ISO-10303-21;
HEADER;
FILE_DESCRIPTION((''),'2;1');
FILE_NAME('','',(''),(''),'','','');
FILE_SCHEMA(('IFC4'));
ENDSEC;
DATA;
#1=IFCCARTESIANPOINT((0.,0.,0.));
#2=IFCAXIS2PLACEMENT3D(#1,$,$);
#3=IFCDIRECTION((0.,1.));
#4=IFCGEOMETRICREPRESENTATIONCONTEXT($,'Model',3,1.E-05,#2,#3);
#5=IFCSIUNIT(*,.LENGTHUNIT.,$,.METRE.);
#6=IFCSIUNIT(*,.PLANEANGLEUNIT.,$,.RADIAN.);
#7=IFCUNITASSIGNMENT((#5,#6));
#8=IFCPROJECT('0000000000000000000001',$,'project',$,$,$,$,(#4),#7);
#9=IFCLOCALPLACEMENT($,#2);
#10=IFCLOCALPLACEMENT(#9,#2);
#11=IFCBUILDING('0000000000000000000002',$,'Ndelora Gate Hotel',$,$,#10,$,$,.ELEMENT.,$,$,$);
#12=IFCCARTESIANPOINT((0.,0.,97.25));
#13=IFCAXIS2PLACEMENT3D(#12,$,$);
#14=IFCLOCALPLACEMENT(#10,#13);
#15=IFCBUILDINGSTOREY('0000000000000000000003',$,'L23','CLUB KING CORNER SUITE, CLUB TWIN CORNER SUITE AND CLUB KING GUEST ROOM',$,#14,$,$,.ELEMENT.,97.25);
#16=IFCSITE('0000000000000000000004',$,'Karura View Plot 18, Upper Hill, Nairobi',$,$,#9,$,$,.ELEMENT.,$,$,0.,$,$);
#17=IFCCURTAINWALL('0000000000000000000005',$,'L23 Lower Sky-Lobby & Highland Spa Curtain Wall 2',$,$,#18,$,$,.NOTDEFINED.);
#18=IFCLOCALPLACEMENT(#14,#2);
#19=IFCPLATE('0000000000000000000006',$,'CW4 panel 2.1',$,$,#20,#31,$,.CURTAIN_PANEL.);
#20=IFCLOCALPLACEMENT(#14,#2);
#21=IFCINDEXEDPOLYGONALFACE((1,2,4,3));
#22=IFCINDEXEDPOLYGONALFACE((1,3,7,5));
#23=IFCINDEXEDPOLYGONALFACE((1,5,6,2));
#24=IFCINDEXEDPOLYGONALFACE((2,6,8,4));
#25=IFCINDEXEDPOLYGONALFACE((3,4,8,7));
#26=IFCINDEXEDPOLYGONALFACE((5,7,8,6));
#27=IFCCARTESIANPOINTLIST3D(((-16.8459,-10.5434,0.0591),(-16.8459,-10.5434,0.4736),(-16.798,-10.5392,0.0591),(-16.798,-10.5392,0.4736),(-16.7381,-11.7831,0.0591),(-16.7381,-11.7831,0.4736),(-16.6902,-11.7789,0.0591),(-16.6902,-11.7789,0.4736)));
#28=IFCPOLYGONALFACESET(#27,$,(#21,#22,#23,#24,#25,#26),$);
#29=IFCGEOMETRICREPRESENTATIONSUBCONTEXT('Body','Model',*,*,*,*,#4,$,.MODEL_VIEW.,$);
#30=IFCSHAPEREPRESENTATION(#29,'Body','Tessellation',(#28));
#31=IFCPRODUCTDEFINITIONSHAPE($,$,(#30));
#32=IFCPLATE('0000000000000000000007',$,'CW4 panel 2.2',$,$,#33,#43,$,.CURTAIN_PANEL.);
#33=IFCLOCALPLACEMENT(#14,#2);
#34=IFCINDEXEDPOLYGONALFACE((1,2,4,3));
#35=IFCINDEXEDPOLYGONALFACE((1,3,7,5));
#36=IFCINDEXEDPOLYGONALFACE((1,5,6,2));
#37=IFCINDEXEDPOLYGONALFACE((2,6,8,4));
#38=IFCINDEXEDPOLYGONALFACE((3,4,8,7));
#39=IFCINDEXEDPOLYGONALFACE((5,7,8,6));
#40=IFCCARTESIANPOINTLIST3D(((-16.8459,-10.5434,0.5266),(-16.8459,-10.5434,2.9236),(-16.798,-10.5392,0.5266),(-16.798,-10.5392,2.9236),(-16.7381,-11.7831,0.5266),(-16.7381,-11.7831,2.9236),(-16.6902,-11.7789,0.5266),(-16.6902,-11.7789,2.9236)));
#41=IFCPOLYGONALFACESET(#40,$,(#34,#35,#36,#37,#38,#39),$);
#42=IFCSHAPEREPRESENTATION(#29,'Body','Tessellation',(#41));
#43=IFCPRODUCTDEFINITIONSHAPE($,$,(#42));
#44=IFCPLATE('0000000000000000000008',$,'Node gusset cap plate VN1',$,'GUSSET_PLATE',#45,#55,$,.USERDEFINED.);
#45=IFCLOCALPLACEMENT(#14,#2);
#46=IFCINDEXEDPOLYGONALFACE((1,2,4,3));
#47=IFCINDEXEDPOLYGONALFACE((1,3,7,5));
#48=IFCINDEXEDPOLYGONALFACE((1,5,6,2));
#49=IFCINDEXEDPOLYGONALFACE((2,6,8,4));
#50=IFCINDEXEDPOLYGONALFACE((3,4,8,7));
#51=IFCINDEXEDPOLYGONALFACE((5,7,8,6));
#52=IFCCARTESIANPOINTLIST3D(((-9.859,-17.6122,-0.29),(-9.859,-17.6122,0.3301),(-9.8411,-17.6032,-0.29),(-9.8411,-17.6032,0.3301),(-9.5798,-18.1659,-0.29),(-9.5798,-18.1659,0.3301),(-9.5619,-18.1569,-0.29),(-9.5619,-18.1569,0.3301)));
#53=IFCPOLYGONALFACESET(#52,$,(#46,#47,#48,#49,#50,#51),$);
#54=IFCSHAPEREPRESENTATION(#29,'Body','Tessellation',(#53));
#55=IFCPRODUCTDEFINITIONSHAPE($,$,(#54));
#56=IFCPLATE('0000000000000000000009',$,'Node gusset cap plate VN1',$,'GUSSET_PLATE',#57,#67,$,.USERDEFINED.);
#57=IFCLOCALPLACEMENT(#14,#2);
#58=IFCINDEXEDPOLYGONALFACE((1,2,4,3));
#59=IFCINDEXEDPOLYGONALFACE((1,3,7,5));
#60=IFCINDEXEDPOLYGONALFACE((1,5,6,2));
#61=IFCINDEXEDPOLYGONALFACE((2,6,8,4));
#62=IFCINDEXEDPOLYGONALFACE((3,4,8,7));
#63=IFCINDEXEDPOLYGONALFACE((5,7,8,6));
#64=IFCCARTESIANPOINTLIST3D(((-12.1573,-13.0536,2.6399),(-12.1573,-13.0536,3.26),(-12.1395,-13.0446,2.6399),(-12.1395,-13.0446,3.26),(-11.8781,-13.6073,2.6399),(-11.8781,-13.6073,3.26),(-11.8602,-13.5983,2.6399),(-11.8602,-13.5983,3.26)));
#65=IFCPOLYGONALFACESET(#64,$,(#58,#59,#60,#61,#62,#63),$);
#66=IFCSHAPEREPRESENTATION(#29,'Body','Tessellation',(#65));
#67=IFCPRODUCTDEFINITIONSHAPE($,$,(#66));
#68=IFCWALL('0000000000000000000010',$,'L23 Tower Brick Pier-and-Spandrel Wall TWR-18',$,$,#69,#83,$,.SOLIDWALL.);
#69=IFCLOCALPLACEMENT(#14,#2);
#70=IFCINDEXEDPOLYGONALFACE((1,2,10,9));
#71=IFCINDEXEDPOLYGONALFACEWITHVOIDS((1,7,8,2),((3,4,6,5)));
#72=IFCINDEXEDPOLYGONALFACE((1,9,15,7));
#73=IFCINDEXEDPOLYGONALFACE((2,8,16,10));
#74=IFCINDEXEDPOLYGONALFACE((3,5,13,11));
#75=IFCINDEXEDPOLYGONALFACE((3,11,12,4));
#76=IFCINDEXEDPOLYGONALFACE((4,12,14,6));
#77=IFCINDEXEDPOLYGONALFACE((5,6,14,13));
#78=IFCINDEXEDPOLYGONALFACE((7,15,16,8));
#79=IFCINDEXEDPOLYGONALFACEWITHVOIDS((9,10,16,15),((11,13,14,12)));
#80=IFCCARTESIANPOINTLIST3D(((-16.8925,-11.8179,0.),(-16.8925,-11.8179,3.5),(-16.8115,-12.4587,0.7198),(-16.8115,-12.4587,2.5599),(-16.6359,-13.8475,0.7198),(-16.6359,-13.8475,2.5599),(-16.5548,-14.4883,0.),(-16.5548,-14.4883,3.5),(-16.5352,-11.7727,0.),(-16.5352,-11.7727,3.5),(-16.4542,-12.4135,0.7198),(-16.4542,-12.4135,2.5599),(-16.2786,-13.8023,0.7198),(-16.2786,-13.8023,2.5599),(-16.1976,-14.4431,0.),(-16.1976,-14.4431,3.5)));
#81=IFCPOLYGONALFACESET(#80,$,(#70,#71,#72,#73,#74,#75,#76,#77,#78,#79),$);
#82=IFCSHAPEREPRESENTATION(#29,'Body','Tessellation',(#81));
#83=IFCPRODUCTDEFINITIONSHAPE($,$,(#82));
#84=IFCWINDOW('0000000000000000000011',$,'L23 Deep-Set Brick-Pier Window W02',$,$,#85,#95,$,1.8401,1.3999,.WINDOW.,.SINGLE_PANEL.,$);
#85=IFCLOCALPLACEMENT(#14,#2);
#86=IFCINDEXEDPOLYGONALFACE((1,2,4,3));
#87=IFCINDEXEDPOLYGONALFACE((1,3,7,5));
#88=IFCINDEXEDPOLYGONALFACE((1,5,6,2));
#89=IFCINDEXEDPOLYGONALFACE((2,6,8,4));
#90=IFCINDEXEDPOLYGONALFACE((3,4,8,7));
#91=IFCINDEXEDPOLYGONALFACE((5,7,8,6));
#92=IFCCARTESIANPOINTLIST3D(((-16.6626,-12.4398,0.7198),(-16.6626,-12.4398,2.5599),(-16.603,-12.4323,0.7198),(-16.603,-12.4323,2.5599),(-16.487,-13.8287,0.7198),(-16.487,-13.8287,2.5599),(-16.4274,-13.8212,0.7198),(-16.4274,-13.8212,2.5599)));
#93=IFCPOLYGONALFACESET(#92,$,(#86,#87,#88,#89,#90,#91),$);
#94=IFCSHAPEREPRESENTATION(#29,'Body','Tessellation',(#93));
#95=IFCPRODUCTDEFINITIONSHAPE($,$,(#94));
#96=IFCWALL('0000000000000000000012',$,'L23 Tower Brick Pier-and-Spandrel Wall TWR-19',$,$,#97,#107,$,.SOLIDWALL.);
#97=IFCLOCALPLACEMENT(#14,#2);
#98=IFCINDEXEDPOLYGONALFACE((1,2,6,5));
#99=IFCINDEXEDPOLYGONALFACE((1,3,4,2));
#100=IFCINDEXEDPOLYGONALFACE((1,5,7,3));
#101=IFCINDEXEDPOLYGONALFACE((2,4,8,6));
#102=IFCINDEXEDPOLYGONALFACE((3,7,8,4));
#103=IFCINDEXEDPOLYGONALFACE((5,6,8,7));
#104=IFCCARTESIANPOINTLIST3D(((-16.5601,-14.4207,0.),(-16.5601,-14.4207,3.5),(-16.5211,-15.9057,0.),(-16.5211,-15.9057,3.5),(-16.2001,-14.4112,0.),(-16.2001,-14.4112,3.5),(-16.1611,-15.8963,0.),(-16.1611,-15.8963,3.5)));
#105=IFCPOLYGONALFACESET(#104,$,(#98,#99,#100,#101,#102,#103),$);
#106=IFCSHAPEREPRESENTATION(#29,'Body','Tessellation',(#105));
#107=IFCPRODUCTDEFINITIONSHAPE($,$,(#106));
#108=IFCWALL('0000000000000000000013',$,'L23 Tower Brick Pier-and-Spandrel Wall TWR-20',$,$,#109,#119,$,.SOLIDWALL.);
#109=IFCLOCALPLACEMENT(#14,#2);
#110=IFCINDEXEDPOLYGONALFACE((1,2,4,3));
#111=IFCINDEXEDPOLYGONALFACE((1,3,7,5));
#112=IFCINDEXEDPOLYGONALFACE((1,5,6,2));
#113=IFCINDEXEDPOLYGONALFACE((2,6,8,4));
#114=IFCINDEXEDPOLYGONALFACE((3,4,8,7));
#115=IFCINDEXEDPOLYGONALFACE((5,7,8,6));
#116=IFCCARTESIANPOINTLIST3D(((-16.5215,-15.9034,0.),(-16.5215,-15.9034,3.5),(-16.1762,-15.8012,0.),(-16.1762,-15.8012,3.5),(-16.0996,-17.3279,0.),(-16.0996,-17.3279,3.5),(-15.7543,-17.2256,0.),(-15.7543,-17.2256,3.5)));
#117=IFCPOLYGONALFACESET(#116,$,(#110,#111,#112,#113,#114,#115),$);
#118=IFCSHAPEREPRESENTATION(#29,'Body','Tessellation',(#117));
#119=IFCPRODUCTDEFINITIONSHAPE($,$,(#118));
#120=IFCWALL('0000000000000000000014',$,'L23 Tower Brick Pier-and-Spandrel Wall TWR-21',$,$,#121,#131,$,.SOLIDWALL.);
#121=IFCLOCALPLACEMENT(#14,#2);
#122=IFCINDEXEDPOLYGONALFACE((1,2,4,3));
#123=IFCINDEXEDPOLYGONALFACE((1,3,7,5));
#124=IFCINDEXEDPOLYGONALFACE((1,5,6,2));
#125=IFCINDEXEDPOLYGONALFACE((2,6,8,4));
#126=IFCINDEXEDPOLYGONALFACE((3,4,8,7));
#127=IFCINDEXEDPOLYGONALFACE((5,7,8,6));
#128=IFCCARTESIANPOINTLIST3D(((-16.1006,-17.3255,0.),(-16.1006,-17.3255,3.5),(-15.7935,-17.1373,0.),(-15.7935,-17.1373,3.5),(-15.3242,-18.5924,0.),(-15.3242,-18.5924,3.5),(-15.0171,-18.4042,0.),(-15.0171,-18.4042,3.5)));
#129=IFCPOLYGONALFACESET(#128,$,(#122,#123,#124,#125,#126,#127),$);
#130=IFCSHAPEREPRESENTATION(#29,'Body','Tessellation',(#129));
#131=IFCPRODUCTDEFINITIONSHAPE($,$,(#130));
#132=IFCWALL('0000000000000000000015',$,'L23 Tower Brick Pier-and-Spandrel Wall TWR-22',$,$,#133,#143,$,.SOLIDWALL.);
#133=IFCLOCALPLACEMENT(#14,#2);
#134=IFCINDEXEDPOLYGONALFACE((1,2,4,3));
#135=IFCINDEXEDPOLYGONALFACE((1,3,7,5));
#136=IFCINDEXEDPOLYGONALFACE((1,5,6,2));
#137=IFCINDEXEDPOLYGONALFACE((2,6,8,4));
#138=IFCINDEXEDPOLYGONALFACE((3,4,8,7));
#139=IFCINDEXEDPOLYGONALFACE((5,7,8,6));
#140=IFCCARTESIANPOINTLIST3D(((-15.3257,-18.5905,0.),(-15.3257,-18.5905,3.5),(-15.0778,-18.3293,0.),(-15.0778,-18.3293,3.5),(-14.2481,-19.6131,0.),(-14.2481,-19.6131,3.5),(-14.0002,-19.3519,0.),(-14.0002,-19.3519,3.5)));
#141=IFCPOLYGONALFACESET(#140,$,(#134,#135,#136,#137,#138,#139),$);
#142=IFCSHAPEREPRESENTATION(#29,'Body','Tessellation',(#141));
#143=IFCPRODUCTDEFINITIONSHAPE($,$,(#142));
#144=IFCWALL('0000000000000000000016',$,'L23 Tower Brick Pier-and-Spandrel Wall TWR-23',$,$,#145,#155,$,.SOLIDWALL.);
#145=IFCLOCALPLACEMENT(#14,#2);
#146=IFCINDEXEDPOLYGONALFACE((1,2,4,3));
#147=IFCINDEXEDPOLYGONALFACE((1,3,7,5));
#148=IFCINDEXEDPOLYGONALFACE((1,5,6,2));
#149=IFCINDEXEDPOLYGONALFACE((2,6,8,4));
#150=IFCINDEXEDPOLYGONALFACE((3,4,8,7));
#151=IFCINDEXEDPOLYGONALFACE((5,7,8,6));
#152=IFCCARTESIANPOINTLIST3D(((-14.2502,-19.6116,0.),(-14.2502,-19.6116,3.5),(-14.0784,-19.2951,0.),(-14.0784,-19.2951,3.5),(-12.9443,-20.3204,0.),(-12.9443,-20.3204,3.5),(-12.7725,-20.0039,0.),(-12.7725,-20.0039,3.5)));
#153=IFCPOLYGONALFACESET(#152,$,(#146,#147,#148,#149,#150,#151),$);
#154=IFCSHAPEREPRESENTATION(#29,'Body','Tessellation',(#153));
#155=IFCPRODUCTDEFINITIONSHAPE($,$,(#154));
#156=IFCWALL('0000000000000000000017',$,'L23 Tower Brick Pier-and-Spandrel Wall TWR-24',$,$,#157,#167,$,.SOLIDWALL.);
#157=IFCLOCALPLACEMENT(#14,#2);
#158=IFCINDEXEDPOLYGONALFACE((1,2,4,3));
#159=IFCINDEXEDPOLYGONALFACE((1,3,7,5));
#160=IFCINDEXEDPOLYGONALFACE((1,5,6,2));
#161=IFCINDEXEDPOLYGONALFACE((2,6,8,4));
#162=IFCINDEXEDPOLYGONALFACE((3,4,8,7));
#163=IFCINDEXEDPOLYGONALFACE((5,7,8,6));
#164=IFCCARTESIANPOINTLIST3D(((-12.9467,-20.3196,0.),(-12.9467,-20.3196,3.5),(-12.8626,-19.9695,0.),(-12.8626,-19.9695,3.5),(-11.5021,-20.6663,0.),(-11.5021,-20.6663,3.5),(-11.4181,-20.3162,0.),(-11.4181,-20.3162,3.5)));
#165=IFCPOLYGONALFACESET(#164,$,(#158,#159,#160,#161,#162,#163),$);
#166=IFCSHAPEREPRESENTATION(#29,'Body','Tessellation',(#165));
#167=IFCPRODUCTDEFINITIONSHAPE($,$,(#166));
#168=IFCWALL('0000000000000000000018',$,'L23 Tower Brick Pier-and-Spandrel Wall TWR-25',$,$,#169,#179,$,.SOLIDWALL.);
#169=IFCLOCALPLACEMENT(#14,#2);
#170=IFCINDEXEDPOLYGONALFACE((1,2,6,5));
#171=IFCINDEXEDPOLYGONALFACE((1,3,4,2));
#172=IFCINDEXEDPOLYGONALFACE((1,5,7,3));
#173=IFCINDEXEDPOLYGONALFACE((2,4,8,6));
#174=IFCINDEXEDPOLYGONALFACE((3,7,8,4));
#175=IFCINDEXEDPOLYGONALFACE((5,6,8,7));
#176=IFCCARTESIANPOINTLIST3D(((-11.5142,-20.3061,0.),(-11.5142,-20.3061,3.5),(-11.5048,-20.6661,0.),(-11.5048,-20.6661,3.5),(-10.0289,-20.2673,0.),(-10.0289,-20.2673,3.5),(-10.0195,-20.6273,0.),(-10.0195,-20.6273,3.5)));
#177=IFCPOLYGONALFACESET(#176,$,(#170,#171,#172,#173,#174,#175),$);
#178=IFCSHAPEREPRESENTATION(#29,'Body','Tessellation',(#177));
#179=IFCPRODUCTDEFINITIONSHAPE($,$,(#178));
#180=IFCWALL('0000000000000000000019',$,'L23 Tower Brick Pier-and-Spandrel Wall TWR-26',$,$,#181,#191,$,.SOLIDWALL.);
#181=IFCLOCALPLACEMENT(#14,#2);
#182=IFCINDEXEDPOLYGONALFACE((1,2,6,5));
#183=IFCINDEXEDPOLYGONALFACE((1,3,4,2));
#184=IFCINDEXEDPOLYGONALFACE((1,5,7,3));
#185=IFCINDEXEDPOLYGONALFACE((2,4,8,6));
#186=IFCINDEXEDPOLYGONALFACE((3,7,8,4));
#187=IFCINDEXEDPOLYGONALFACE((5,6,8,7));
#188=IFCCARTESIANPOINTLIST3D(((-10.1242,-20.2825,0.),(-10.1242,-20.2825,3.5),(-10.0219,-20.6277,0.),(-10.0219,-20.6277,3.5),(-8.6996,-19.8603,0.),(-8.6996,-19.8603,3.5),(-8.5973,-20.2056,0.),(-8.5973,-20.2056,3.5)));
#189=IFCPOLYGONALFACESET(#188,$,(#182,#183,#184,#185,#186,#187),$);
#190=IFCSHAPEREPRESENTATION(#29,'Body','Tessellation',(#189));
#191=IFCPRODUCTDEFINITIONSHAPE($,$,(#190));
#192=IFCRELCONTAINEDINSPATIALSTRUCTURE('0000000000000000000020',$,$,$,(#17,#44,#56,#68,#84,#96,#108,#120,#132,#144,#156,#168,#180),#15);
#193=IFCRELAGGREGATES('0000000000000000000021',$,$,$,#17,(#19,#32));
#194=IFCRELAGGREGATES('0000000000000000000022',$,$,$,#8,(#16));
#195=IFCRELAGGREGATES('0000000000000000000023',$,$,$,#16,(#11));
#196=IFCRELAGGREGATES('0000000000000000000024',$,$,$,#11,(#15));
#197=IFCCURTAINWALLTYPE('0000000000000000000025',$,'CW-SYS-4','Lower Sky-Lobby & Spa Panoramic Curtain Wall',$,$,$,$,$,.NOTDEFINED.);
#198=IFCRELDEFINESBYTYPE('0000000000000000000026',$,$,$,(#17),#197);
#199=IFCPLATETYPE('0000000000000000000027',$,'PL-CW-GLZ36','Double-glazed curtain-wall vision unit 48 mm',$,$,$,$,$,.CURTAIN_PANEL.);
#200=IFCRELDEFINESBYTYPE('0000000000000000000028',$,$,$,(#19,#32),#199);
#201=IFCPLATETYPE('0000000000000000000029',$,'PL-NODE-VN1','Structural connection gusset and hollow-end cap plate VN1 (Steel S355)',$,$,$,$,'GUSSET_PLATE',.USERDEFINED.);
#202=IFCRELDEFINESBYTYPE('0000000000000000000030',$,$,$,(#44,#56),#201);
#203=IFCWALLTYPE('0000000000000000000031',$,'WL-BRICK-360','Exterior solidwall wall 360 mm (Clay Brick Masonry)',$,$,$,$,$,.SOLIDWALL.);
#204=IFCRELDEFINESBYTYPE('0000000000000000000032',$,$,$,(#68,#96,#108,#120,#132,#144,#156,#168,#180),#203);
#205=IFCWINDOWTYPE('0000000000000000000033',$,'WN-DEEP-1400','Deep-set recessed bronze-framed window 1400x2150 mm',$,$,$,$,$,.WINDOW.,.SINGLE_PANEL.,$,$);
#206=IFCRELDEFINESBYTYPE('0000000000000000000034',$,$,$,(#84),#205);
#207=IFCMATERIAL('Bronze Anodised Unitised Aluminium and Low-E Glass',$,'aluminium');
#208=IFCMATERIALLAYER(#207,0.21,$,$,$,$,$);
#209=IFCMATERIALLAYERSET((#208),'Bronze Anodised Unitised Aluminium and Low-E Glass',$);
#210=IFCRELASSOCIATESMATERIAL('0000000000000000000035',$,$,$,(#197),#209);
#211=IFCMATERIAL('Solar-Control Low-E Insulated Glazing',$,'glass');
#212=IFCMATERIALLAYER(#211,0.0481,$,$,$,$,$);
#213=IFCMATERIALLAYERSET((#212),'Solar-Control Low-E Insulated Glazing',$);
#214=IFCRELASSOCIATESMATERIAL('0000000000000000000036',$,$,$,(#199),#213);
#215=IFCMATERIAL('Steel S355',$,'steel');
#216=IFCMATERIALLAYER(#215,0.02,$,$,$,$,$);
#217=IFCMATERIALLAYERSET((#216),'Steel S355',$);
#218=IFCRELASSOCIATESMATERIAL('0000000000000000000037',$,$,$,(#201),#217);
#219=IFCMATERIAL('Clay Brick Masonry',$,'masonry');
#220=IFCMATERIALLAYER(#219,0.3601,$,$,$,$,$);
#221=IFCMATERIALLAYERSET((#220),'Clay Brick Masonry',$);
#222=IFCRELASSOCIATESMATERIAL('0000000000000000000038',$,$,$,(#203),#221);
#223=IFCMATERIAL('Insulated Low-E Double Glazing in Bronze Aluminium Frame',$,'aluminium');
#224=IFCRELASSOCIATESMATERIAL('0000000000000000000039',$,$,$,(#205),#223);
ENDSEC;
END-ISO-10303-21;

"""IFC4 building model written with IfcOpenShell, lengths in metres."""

from ifc_helpers import new_model, si_unit, direction, frame, frame_2d, origin, origin_2d, place, context, subcontext, project, spatial, rectangle, extrude, material, layer, layer_set, type_object, element, fill, aggregate, save


model = new_model("IFC4")

# Units and contexts
model_context = context("Model", 3, precision=1e-05, world=origin(), true_north=direction((0.0, 1.0)))
body_context = subcontext(model_context, "Body", "Model", "MODEL_VIEW")
ifc_project = project(units=[si_unit("LENGTHUNIT", "METRE"), si_unit("PLANEANGLEUNIT", "RADIAN")], contexts=[model_context])

# Site, building, storey
site_placement = place(None, origin())
site = spatial("IfcSite", under=ifc_project, at=site_placement, Name="Karura View Plot 18, Upper Hill, Nairobi", CompositionType="ELEMENT", RefElevation=0.0)
building_placement = place(site_placement, origin())
building = spatial("IfcBuilding", under=site, at=building_placement, Name="Ndelora Gate Hotel", CompositionType="ELEMENT")
storey_placement = place(building_placement, frame((0.0, 0.0, 97.25)))
storey = spatial("IfcBuildingStorey", under=building, at=storey_placement, Name="L23", Description="CLUB KING CORNER SUITE, CLUB TWIN CORNER SUITE AND CLUB KING GUEST ROOM", CompositionType="ELEMENT", Elevation=97.25)

# Shared definitions
ifc_material_1 = material(Name="Steel S355", Category="steel")

# Curtain wall
ifc_material_2 = material(Name="Bronze Anodised Unitised Aluminium and Low-E Glass", Category="aluminium")
ifc_layer_1 = layer(ifc_material_2, 0.21)
ifc_layer_set_1 = layer_set([ifc_layer_1], Name="Bronze Anodised Unitised Aluminium and Low-E Glass")
curtain_wall_type = type_object("IfcCurtainWallType", Name="CW-SYS-4", Description="Lower Sky-Lobby & Spa Panoramic Curtain Wall", PredefinedType="NOTDEFINED", material=ifc_layer_set_1)
curtain_wall_placement = place(storey_placement, origin())
curtain_wall = element("IfcCurtainWall", 1, at=curtain_wall_placement, inside=storey, type_object=curtain_wall_type, Name="L23 Lower Sky-Lobby & Highland Spa Curtain Wall 2", PredefinedType="NOTDEFINED")

# Plates
ifc_material_3 = material(Name="Solar-Control Low-E Insulated Glazing", Category="glass")
ifc_layer_2 = layer(ifc_material_3, 0.0481)
ifc_layer_set_2 = layer_set([ifc_layer_2], Name="Solar-Control Low-E Insulated Glazing")
plate_type_1 = type_object("IfcPlateType", Name="PL-CW-GLZ36", Description="Double-glazed curtain-wall vision unit 48 mm", PredefinedType="CURTAIN_PANEL", material=ifc_layer_set_2)
plate_1_placement = place(storey_placement, frame((-16.7681, -11.1611, 0.0591), z_axis=(0.0, 0.0, 1.0), x_axis=(0.086667, -0.996237, 0.0)))
plate_1 = element("IfcPlate", 2, at=plate_1_placement, type_object=plate_type_1, Name="CW4 panel 2.1", PredefinedType="CURTAIN_PANEL", context=body_context, shape_type="SweptSolid", body=[
    extrude(rectangle(XDim=1.2444, YDim=0.0481, at=origin_2d()), origin(), (0.0, 0.0, 1.0), 0.4146),
])
plate_2_placement = place(storey_placement, frame((-16.7681, -11.1611, 0.5266), z_axis=(0.0, 0.0, 1.0), x_axis=(0.086667, -0.996237, 0.0)))
plate_2 = element("IfcPlate", 3, at=plate_2_placement, type_object=plate_type_1, Name="CW4 panel 2.2", PredefinedType="CURTAIN_PANEL", context=body_context, shape_type="SweptSolid", body=[
    extrude(rectangle(XDim=1.2444, YDim=0.0481, at=origin_2d()), origin(), (0.0, 0.0, 1.0), 2.397),
])
aggregate(curtain_wall, [plate_1, plate_2])

# Plates
ifc_layer_3 = layer(ifc_material_1, 0.02)
ifc_layer_set_3 = layer_set([ifc_layer_3], Name="Steel S355")
plate_type_2 = type_object("IfcPlateType", Name="PL-NODE-VN1", Description="Structural connection gusset and hollow-end cap plate VN1 (Steel S355)", ElementType="GUSSET_PLATE", PredefinedType="USERDEFINED", material=ifc_layer_set_3)
for number, where, z_axis, x_axis, name in (
    (4, (-9.7104, -17.8845, -0.29), (0.0, 0.0, 1.0), (-0.450254, 0.8929, 0.0), "Node gusset cap plate VN1"),
    (5, (-12.0088, -13.3259, 2.6399), (0.0, 0.0, 1.0), (-0.450254, 0.8929, 0.0), "Node gusset cap plate VN1"),
):
    element("IfcPlate", number, at=place(storey_placement, frame(where, z_axis=z_axis, x_axis=x_axis)), inside=storey, type_object=plate_type_2, Name=name, ObjectType="GUSSET_PLATE", PredefinedType="USERDEFINED", context=body_context, shape_type="SweptSolid", body=[
        extrude(rectangle(XDim=0.6201, YDim=0.02, at=origin_2d()), origin(), (0.0, 0.0, 1.0), 0.6201),
    ])

# Wall, opening, window
ifc_material_4 = material(Name="Clay Brick Masonry", Category="masonry")
ifc_layer_4 = layer(ifc_material_4, 0.3601)
ifc_layer_set_4 = layer_set([ifc_layer_4], Name="Clay Brick Masonry")
wall_type = type_object("IfcWallType", Name="WL-BRICK-360", Description="Exterior solidwall wall 360 mm (Clay Brick Masonry)", PredefinedType="SOLIDWALL", material=ifc_layer_set_4)
wall_1_placement = place(storey_placement, frame((-16.3762, -14.4656, 0.0), z_axis=(0.0, 0.0, 1.0), x_axis=(-0.125441, 0.992101, 0.0)))
wall_1 = element("IfcWall", 6, at=wall_1_placement, inside=storey, type_object=wall_type, Name="L23 Tower Brick Pier-and-Spandrel Wall TWR-18", PredefinedType="SOLIDWALL", context=body_context, shape_type="SweptSolid", body=[
    extrude(rectangle(XDim=2.6917, YDim=0.3601, at=frame_2d((1.3457, 0.0))), origin(), (0.0, 0.0, 1.0), 3.5),
])
opening_1_placement = place(wall_1_placement, frame((0.6458, 0.0, 0.72)))
opening_1 = element("IfcOpeningElement", 7, at=opening_1_placement, cuts=wall_1, PredefinedType="OPENING", context=body_context, shape_type="SweptSolid", body=[
    extrude(rectangle(XDim=1.3999, YDim=1.8401, at=frame_2d((0.7, 0.9199))), frame((0.0, 0.1899, 0.0), z_axis=(0.0, -1.0, 0.0), x_axis=(1.0, 0.0, 0.0)), (0.0, 0.0, 1.0), 0.3801),
])
ifc_material_5 = material(Name="Insulated Low-E Double Glazing in Bronze Aluminium Frame", Category="aluminium")
window_type_1 = type_object("IfcWindowType", Name="WN-DEEP-1400", Description="Deep-set recessed bronze-framed window 1400x2150 mm", PartitioningType="SINGLE_PANEL", PredefinedType="WINDOW", material=ifc_material_5)
window_1_placement = place(opening_1_placement, origin())
window_1 = element("IfcWindow", 8, at=window_1_placement, inside=storey, type_object=window_type_1, Name="L23 Deep-Set Brick-Pier Window W02", OverallHeight=1.8401, OverallWidth=1.3999, PartitioningType="SINGLE_PANEL", PredefinedType="WINDOW", context=body_context, shape_type="SweptSolid", body=[
    extrude(rectangle(XDim=1.3999, YDim=1.8401, at=frame_2d((0.7, 0.9199))), frame((0.0, 0.03, 0.0), z_axis=(0.0, -1.0, 0.0), x_axis=(1.0, 0.0, 0.0)), (0.0, 0.0, 1.0), 0.0601),
])
fill(opening_1, window_1)

# Walls
for number, where, z_axis, x_axis, name in (
    (9, (-16.3411, -15.9009, 0.0), (0.0, 0.0, 1.0), (-0.026294, 0.999654, 0.0), "L23 Tower Brick Pier-and-Spandrel Wall TWR-19"),
    (10, (-15.927, -17.2766, 0.0), (0.0, 0.0, 1.0), (-0.283954, 0.958838, 0.0), "L23 Tower Brick Pier-and-Spandrel Wall TWR-20"),
):
    element("IfcWall", number, at=place(storey_placement, frame(where, z_axis=z_axis, x_axis=x_axis)), inside=storey, type_object=wall_type, Name=name, PredefinedType="SOLIDWALL", context=body_context, shape_type="SweptSolid", body=[
        extrude(rectangle(XDim=1.4856, YDim=0.3601, at=frame_2d((0.7427, 0.0))), origin(), (0.0, 0.0, 1.0), 3.5),
    ])
wall_2_placement = place(storey_placement, frame((-15.1707, -18.4983, 0.0), z_axis=(0.0, 0.0, 1.0), x_axis=(-0.52252, 0.852627, 0.0)))
element("IfcWall", 11, at=wall_2_placement, inside=storey, type_object=wall_type, Name="L23 Tower Brick Pier-and-Spandrel Wall TWR-21", PredefinedType="SOLIDWALL", context=body_context, shape_type="SweptSolid", body=[
    extrude(rectangle(XDim=1.4858, YDim=0.3601, at=frame_2d((0.7429, 0.0))), origin(), (0.0, 0.0, 1.0), 3.5),
])
wall_3_placement = place(storey_placement, frame((-14.1243, -19.4824, 0.0), z_axis=(0.0, 0.0, 1.0), x_axis=(-0.725352, 0.688378, 0.0)))
element("IfcWall", 12, at=wall_3_placement, inside=storey, type_object=wall_type, Name="L23 Tower Brick Pier-and-Spandrel Wall TWR-22", PredefinedType="SOLIDWALL", context=body_context, shape_type="SweptSolid", body=[
    extrude(rectangle(XDim=1.4856, YDim=0.3601, at=frame_2d((0.7427, 0.0))), origin(), (0.0, 0.0, 1.0), 3.5),
])
wall_4_placement = place(storey_placement, frame((-12.8584, -20.1621, 0.0), z_axis=(0.0, 0.0, 1.0), x_axis=(-0.878905, 0.476998, 0.0)))
element("IfcWall", 13, at=wall_4_placement, inside=storey, type_object=wall_type, Name="L23 Tower Brick Pier-and-Spandrel Wall TWR-23", PredefinedType="SOLIDWALL", context=body_context, shape_type="SweptSolid", body=[
    extrude(rectangle(XDim=1.4858, YDim=0.3601, at=frame_2d((0.7429, 0.0))), origin(), (0.0, 0.0, 1.0), 3.5),
])
wall_5_placement = place(storey_placement, frame((-11.4602, -20.4912, 0.0), z_axis=(0.0, 0.0, 1.0), x_axis=(-0.97239, 0.233361, 0.0)))
element("IfcWall", 14, at=wall_5_placement, inside=storey, type_object=wall_type, Name="L23 Tower Brick Pier-and-Spandrel Wall TWR-24", PredefinedType="SOLIDWALL", context=body_context, shape_type="SweptSolid", body=[
    extrude(rectangle(XDim=1.4856, YDim=0.3601, at=frame_2d((0.7427, 0.0))), origin(), (0.0, 0.0, 1.0), 3.5),
])
for number, where, z_axis, x_axis, name in (
    (15, (-10.0242, -20.4473, 0.0), (0.0, 0.0, 1.0), (-0.999659, -0.026125, 0.0), "L23 Tower Brick Pier-and-Spandrel Wall TWR-25"),
    (16, (-8.6484, -20.033, 0.0), (0.0, 0.0, 1.0), (-0.958793, -0.284105, 0.0), "L23 Tower Brick Pier-and-Spandrel Wall TWR-26"),
):
    element("IfcWall", number, at=place(storey_placement, frame(where, z_axis=z_axis, x_axis=x_axis)), inside=storey, type_object=wall_type, Name=name, PredefinedType="SOLIDWALL", context=body_context, shape_type="SweptSolid", body=[
        extrude(rectangle(XDim=1.4858, YDim=0.3601, at=frame_2d((0.7429, 0.0))), origin(), (0.0, 0.0, 1.0), 3.5),
    ])

save(model, "model.ifc")
